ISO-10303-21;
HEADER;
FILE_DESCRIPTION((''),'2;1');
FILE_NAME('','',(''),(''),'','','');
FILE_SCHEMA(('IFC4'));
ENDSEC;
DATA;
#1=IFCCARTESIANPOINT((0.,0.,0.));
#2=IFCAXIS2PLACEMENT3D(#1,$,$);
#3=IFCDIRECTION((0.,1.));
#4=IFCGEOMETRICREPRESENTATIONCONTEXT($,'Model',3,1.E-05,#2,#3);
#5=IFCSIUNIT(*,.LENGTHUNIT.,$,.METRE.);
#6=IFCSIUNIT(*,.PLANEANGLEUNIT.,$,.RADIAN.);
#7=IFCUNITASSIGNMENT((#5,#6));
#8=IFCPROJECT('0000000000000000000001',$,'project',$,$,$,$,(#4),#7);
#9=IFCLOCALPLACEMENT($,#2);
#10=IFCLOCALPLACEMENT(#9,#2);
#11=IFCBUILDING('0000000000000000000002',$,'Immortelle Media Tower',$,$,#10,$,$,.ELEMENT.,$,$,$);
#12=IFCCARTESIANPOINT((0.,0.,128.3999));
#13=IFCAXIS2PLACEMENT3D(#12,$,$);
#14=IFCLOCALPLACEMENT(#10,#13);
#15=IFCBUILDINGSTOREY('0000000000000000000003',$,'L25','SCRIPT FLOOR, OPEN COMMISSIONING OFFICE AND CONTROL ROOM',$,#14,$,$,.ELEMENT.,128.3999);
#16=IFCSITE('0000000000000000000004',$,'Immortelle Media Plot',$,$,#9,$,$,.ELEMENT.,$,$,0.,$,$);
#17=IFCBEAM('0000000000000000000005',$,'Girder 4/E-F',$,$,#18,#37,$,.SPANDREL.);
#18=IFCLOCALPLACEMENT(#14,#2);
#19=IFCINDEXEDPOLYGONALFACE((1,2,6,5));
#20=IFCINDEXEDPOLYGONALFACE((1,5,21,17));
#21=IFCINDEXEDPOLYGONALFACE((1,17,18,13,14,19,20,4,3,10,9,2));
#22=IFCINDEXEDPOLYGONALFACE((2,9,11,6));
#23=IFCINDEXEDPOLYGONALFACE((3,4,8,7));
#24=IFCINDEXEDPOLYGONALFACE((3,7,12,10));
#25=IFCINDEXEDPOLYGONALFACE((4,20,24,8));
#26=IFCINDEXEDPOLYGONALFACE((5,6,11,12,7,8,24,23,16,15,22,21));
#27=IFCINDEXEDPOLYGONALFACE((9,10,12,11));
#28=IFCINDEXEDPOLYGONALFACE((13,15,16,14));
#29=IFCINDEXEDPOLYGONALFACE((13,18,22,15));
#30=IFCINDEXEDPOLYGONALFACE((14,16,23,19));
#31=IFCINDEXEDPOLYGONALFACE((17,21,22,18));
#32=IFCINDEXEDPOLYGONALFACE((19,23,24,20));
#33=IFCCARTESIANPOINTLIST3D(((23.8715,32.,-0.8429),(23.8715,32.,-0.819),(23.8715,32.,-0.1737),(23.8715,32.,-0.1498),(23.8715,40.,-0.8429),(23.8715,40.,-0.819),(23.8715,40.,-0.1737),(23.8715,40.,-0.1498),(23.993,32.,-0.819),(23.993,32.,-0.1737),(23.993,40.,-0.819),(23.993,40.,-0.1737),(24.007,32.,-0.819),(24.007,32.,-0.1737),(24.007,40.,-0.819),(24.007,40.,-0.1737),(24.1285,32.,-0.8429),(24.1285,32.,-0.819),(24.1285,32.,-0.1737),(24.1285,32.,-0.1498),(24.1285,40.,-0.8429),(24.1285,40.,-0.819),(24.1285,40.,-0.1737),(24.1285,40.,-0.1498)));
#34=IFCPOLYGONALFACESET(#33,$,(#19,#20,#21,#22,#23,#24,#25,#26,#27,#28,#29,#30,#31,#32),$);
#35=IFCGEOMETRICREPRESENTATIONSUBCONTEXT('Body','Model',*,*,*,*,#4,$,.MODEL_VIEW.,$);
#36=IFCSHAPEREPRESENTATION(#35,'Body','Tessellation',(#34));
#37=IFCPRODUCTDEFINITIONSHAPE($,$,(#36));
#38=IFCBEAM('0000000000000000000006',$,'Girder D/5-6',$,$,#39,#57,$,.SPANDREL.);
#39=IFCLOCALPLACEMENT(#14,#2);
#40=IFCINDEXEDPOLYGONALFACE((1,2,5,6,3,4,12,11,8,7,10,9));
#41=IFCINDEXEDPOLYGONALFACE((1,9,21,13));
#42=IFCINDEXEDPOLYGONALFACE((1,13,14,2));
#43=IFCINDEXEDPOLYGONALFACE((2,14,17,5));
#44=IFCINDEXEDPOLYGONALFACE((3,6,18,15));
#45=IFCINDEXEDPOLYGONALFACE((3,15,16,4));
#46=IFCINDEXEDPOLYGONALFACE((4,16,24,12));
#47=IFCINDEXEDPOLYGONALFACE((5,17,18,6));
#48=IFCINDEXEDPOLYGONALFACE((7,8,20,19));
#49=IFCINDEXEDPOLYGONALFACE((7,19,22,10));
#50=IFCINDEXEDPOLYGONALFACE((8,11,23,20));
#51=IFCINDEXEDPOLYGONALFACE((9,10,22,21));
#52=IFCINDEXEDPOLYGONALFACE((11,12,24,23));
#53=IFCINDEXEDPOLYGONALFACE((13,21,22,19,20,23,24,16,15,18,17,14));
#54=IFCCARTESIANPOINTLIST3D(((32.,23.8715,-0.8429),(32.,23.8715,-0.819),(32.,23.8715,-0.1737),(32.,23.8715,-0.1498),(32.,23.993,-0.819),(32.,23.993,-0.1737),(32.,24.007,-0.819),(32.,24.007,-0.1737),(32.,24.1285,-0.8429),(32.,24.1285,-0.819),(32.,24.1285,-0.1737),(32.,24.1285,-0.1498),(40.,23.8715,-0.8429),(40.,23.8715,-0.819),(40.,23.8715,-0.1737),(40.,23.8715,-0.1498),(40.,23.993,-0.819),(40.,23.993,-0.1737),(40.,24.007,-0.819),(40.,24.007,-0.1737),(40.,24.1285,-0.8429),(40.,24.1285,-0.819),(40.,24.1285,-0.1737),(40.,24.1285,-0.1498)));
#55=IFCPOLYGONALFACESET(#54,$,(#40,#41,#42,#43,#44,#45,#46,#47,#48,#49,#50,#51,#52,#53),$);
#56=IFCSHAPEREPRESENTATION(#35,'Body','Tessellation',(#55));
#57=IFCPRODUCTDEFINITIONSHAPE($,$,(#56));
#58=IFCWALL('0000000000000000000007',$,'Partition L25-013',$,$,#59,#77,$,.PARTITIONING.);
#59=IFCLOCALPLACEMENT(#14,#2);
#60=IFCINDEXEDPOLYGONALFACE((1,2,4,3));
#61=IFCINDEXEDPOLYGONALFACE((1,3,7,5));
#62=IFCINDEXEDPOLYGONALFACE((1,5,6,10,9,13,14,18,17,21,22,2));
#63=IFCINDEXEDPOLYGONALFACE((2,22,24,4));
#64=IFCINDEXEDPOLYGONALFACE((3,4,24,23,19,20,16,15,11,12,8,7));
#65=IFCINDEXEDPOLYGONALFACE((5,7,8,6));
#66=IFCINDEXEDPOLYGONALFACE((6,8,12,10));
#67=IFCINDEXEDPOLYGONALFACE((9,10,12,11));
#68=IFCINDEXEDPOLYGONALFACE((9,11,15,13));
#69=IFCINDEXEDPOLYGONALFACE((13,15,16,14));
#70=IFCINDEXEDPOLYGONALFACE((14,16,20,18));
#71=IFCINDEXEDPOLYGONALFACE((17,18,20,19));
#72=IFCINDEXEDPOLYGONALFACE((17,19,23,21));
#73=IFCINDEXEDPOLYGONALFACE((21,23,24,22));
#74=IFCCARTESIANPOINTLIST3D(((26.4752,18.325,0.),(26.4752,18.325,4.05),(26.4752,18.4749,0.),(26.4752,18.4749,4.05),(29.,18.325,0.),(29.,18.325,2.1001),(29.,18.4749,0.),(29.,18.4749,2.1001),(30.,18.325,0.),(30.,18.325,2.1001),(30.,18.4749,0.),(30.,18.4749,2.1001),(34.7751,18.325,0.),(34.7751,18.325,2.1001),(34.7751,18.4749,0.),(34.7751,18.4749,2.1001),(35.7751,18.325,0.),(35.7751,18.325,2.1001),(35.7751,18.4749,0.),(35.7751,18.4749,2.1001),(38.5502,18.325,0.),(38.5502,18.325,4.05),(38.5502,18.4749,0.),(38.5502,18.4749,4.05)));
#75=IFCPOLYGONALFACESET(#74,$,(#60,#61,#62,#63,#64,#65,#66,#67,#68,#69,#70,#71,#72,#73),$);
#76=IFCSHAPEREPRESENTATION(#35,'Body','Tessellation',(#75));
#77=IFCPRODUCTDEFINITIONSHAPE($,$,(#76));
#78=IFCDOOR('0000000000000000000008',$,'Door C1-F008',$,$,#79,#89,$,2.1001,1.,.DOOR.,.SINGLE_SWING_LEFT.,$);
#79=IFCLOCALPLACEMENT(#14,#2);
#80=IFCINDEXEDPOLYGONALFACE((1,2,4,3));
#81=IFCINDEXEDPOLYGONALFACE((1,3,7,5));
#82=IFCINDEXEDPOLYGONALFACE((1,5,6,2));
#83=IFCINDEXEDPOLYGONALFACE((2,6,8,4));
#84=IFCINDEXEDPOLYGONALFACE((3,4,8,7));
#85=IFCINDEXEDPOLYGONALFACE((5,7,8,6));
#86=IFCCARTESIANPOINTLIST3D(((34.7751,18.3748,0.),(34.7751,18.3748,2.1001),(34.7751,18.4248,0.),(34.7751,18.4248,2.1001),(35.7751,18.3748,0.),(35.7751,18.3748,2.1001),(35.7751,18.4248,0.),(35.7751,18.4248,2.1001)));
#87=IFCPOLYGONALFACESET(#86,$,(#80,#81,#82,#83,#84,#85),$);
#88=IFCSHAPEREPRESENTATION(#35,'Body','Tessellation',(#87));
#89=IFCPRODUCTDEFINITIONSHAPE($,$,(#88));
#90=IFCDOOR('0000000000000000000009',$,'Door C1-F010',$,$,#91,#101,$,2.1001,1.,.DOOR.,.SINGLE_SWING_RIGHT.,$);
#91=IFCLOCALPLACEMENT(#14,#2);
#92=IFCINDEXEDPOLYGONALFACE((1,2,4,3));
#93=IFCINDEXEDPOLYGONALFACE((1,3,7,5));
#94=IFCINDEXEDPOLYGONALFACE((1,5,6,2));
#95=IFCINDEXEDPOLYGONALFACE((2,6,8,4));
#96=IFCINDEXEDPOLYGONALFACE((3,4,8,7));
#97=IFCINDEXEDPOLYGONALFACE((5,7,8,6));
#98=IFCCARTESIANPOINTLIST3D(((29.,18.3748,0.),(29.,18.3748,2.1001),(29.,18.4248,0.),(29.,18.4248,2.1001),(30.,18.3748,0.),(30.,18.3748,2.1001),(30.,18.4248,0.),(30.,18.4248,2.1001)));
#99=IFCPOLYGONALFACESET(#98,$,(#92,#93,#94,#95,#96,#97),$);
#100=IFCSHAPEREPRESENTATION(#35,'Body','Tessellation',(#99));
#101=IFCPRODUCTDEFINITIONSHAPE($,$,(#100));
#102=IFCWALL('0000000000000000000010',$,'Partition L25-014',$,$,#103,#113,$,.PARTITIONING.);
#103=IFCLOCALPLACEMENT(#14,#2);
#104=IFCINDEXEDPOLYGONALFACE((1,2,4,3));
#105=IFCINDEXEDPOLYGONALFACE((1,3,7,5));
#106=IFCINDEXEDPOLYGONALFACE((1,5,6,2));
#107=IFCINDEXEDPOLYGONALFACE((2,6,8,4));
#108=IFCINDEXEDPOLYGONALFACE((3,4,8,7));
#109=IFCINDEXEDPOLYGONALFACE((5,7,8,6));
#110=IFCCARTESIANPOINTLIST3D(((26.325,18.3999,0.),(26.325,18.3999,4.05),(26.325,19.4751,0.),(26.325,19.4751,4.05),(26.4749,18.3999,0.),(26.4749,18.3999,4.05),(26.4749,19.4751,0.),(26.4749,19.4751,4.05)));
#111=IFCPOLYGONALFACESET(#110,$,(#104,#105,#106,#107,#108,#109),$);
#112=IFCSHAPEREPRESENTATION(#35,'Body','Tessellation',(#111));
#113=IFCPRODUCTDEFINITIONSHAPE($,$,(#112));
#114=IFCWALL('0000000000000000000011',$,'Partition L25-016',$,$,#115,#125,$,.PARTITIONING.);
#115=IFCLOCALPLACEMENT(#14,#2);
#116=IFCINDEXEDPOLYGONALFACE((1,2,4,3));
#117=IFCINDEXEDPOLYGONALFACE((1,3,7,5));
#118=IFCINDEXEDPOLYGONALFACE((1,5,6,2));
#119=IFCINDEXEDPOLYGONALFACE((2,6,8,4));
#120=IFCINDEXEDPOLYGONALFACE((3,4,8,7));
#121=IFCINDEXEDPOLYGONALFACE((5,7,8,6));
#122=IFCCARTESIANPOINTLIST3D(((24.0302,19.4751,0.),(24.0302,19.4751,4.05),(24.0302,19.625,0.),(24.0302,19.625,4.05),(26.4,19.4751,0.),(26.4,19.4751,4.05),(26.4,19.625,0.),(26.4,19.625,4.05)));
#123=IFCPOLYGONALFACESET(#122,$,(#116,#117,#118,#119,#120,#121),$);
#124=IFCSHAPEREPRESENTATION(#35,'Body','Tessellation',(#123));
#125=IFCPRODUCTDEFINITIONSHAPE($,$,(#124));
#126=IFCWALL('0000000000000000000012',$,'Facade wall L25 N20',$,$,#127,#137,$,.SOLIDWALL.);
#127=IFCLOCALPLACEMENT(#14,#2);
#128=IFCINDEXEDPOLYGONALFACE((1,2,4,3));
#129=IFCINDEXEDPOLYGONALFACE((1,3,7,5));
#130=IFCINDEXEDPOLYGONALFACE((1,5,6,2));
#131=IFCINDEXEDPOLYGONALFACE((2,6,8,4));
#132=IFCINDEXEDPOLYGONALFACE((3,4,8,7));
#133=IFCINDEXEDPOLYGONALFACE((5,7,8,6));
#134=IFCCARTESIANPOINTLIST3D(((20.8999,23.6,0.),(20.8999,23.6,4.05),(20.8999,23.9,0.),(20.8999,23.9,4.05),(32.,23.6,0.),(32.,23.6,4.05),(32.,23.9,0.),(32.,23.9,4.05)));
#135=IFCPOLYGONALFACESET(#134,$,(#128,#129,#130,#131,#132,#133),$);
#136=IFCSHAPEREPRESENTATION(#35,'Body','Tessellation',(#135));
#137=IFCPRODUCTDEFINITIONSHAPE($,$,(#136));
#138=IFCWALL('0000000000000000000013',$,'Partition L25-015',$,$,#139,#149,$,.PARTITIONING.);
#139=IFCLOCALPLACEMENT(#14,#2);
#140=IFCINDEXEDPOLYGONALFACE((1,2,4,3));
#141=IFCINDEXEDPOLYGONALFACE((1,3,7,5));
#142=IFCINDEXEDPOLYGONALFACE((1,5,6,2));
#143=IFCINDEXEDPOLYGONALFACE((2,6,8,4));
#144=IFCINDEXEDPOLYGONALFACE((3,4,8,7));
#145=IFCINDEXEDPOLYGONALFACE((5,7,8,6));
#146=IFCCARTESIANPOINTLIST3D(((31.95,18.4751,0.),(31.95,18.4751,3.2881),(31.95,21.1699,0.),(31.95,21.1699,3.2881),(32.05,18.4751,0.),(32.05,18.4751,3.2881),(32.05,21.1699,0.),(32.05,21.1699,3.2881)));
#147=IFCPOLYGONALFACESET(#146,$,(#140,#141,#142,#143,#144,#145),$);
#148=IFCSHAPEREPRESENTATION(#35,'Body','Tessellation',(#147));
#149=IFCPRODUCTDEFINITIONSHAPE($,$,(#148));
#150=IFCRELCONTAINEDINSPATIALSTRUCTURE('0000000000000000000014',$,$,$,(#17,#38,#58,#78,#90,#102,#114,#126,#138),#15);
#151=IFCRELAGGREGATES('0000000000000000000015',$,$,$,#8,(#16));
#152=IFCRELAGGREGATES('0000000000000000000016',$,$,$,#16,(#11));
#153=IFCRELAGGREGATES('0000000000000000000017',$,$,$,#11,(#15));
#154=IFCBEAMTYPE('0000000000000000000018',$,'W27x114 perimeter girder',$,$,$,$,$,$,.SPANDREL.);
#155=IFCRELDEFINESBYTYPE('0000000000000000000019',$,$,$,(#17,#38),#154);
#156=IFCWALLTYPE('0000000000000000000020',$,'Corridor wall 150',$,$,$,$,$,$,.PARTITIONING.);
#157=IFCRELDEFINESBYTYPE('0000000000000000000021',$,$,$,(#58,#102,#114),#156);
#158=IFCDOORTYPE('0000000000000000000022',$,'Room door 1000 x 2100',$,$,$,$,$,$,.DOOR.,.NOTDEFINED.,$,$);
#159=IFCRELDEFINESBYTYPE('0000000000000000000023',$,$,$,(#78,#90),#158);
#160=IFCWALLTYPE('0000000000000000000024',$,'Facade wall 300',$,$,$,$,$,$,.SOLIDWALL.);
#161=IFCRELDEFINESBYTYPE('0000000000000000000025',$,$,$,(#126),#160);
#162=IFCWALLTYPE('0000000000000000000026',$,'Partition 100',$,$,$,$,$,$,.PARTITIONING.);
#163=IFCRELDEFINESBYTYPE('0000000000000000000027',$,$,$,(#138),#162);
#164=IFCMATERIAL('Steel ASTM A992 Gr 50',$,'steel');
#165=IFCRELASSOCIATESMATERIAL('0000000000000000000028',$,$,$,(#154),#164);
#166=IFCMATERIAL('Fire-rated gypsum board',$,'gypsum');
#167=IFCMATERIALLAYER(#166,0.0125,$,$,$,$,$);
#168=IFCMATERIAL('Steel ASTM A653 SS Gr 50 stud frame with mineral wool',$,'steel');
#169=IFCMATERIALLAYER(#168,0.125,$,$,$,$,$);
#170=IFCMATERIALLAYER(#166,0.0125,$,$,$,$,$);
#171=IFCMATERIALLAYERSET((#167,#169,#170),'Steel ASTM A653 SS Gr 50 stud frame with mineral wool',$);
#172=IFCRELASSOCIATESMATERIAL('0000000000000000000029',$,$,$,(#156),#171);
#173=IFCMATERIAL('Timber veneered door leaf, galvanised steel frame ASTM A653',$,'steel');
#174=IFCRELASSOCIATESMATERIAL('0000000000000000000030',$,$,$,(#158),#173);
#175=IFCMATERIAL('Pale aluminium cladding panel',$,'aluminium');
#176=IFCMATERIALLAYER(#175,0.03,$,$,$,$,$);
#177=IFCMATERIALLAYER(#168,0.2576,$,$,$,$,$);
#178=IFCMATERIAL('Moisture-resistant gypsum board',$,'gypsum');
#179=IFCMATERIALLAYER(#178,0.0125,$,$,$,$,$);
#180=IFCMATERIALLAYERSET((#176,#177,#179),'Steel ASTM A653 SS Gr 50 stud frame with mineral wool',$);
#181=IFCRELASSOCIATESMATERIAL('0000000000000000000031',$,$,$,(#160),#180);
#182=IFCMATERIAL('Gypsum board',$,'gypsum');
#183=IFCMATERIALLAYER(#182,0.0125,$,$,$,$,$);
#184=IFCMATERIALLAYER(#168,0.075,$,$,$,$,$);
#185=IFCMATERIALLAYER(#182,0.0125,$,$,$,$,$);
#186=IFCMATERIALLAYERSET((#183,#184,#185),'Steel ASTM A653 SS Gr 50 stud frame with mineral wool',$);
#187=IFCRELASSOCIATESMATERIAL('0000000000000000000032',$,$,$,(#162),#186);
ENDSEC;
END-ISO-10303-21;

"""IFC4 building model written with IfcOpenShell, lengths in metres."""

from ifc_helpers import new_model, si_unit, direction, frame, frame_2d, origin, origin_2d, place, context, subcontext, project, spatial, rectangle, i_section, extrude, material, layer, layer_set, material_profile, profile_set, type_object, element, fill, save


model = new_model("IFC4")

# Units and contexts
model_context = context("Model", 3, precision=1e-05, world=origin(), true_north=direction((0.0, 1.0)))
body_context = subcontext(model_context, "Body", "Model", "MODEL_VIEW")
ifc_project = project(units=[si_unit("LENGTHUNIT", "METRE"), si_unit("PLANEANGLEUNIT", "RADIAN")], contexts=[model_context])

# Site, building, storey
site_placement = place(None, origin())
site = spatial("IfcSite", under=ifc_project, at=site_placement, Name="Immortelle Media Plot", CompositionType="ELEMENT", RefElevation=0.0)
building_placement = place(site_placement, origin())
building = spatial("IfcBuilding", under=site, at=building_placement, Name="Immortelle Media Tower", CompositionType="ELEMENT")
storey_placement = place(building_placement, frame((0.0, 0.0, 128.3999)))
storey = spatial("IfcBuildingStorey", under=building, at=storey_placement, Name="L25", Description="SCRIPT FLOOR, OPEN COMMISSIONING OFFICE AND CONTROL ROOM", CompositionType="ELEMENT", Elevation=128.3999)

# Shared definitions
ifc_material_1 = material(Name="Steel ASTM A992 Gr 50", Category="steel")

# Beams
ifc_material_profile_1 = material_profile(ifc_material_1, i_section(OverallWidth=0.2571, OverallDepth=0.6931, WebThickness=0.0139, FlangeThickness=0.0239, at=origin_2d()), Name="W27x114")
ifc_profile_set_1 = profile_set([ifc_material_profile_1], Name="Steel ASTM A992 Gr 50")
beam_type_1 = type_object("IfcBeamType", Name="W27x114 perimeter girder", PredefinedType="SPANDREL", material=ifc_profile_set_1)
for number, where, z_axis, x_axis, name in (
    (1, (24.0, 32.0, -0.4963), (0.0, 1.0, 0.0), (-1.0, 0.0, 0.0), "Girder 4/E-F"),
    (2, (32.0, 24.0, -0.4963), (1.0, 0.0, 0.0), (0.0, 1.0, 0.0), "Girder D/5-6"),
):
    element("IfcBeam", number, at=place(storey_placement, frame(where, z_axis=z_axis, x_axis=x_axis)), inside=storey, type_object=beam_type_1, Name=name, PredefinedType="SPANDREL", context=body_context, shape_type="SweptSolid", body=[
        extrude(i_section(OverallWidth=0.2571, OverallDepth=0.6931, WebThickness=0.0139, FlangeThickness=0.0239, at=origin_2d()), origin(), (0.0, 0.0, 1.0), 8.0),
    ])

# Wall, openings, doors
ifc_material_2 = material(Name="Fire-rated gypsum board", Category="gypsum")
ifc_layer_1 = layer(ifc_material_2, 0.0125)
ifc_material_3 = material(Name="Steel ASTM A653 SS Gr 50 stud frame with mineral wool", Category="steel")
ifc_layer_2 = layer(ifc_material_3, 0.125)
ifc_layer_3 = layer(ifc_material_2, 0.0125)
ifc_layer_set_1 = layer_set([ifc_layer_1, ifc_layer_2, ifc_layer_3], Name="Steel ASTM A653 SS Gr 50 stud frame with mineral wool")
wall_type_1 = type_object("IfcWallType", Name="Corridor wall 150", PredefinedType="PARTITIONING", material=ifc_layer_set_1)
wall_1_placement = place(storey_placement, frame((26.4751, 18.3999, 0.0), z_axis=(0.0, 0.0, 1.0), x_axis=(1.0, 0.0, 0.0)))
wall_1 = element("IfcWall", 3, at=wall_1_placement, inside=storey, type_object=wall_type_1, Name="Partition L25-013", PredefinedType="PARTITIONING", context=body_context, shape_type="SweptSolid", body=[
    extrude(rectangle(XDim=12.075, YDim=0.1499, at=frame_2d((6.0376, 0.0))), origin(), (0.0, 0.0, 1.0), 4.05),
])
opening_1_placement = place(wall_1_placement, frame((8.3, 0.0, 0.0)))
opening_1 = element("IfcOpeningElement", 4, at=opening_1_placement, cuts=wall_1, PredefinedType="OPENING", context=body_context, shape_type="SweptSolid", body=[
    extrude(rectangle(XDim=1.0, YDim=2.1001, at=frame_2d((0.5, 1.05))), frame((0.0, 0.085, 0.0), z_axis=(0.0, -1.0, 0.0), x_axis=(1.0, 0.0, 0.0)), (0.0, 0.0, 1.0), 0.1699),
])
opening_2_placement = place(wall_1_placement, frame((2.5249, 0.0, 0.0)))
opening_2 = element("IfcOpeningElement", 5, at=opening_2_placement, cuts=wall_1, PredefinedType="OPENING", context=body_context, shape_type="SweptSolid", body=[
    extrude(rectangle(XDim=1.0, YDim=2.1001, at=frame_2d((0.5, 1.05))), frame((0.0, 0.085, 0.0), z_axis=(0.0, -1.0, 0.0), x_axis=(1.0, 0.0, 0.0)), (0.0, 0.0, 1.0), 0.1699),
])
ifc_material_4 = material(Name="Timber veneered door leaf, galvanised steel frame ASTM A653", Category="steel")
door_type = type_object("IfcDoorType", Name="Room door 1000 x 2100", OperationType="NOTDEFINED", PredefinedType="DOOR", material=ifc_material_4)
door_1_placement = place(opening_1_placement, origin())
door_1 = element("IfcDoor", 6, at=door_1_placement, inside=storey, type_object=door_type, Name="Door C1-F008", OperationType="SINGLE_SWING_LEFT", OverallHeight=2.1001, OverallWidth=1.0, PredefinedType="DOOR", context=body_context, shape_type="SweptSolid", body=[
    extrude(rectangle(XDim=1.0, YDim=2.1001, at=frame_2d((0.5, 1.05))), frame((0.0, 0.0249, 0.0), z_axis=(0.0, -1.0, 0.0), x_axis=(1.0, 0.0, 0.0)), (0.0, 0.0, 1.0), 0.05),
])
fill(opening_1, door_1)
door_2_placement = place(opening_2_placement, origin())
door_2 = element("IfcDoor", 7, at=door_2_placement, inside=storey, type_object=door_type, Name="Door C1-F010", OperationType="SINGLE_SWING_RIGHT", OverallHeight=2.1001, OverallWidth=1.0, PredefinedType="DOOR", context=body_context, shape_type="SweptSolid", body=[
    extrude(rectangle(XDim=1.0, YDim=2.1001, at=frame_2d((0.5, 1.05))), frame((0.0, 0.0249, 0.0), z_axis=(0.0, -1.0, 0.0), x_axis=(1.0, 0.0, 0.0)), (0.0, 0.0, 1.0), 0.05),
])
fill(opening_2, door_2)

# Walls
wall_2_placement = place(storey_placement, frame((26.3999, 18.3999, 0.0), z_axis=(0.0, 0.0, 1.0), x_axis=(0.0, 1.0, 0.0)))
element("IfcWall", 8, at=wall_2_placement, inside=storey, type_object=wall_type_1, Name="Partition L25-014", PredefinedType="PARTITIONING", context=body_context, shape_type="SweptSolid", body=[
    extrude(rectangle(XDim=1.0752, YDim=0.1499, at=frame_2d((0.5376, 0.0))), origin(), (0.0, 0.0, 1.0), 4.05),
])
wall_3_placement = place(storey_placement, frame((24.03, 19.55, 0.0), z_axis=(0.0, 0.0, 1.0), x_axis=(1.0, 0.0, 0.0)))
element("IfcWall", 9, at=wall_3_placement, inside=storey, type_object=wall_type_1, Name="Partition L25-016", PredefinedType="PARTITIONING", context=body_context, shape_type="SweptSolid", body=[
    extrude(rectangle(XDim=2.3699, YDim=0.1499, at=frame_2d((1.1851, 0.0))), origin(), (0.0, 0.0, 1.0), 4.05),
])
ifc_material_5 = material(Name="Pale aluminium cladding panel", Category="aluminium")
ifc_layer_4 = layer(ifc_material_5, 0.03)
ifc_layer_5 = layer(ifc_material_3, 0.2576)
ifc_material_6 = material(Name="Moisture-resistant gypsum board", Category="gypsum")
ifc_layer_6 = layer(ifc_material_6, 0.0125)
ifc_layer_set_2 = layer_set([ifc_layer_4, ifc_layer_5, ifc_layer_6], Name="Steel ASTM A653 SS Gr 50 stud frame with mineral wool")
wall_type_2 = type_object("IfcWallType", Name="Facade wall 300", PredefinedType="SOLIDWALL", material=ifc_layer_set_2)
wall_4_placement = place(storey_placement, frame((32.0, 23.75, 0.0), z_axis=(0.0, 0.0, 1.0), x_axis=(-1.0, 0.0, 0.0)))
element("IfcWall", 10, at=wall_4_placement, inside=storey, type_object=wall_type_2, Name="Facade wall L25 N20", PredefinedType="SOLIDWALL", context=body_context, shape_type="SweptSolid", body=[
    extrude(rectangle(XDim=11.1001, YDim=0.3, at=frame_2d((5.55, 0.0))), origin(), (0.0, 0.0, 1.0), 4.05),
])
ifc_material_7 = material(Name="Gypsum board", Category="gypsum")
ifc_layer_7 = layer(ifc_material_7, 0.0125)
ifc_layer_8 = layer(ifc_material_3, 0.075)
ifc_layer_9 = layer(ifc_material_7, 0.0125)
ifc_layer_set_3 = layer_set([ifc_layer_7, ifc_layer_8, ifc_layer_9], Name="Steel ASTM A653 SS Gr 50 stud frame with mineral wool")
wall_type_3 = type_object("IfcWallType", Name="Partition 100", PredefinedType="PARTITIONING", material=ifc_layer_set_3)
wall_5_placement = place(storey_placement, frame((32.0, 18.4751, 0.0), z_axis=(0.0, 0.0, 1.0), x_axis=(0.0, 1.0, 0.0)))
element("IfcWall", 11, at=wall_5_placement, inside=storey, type_object=wall_type_3, Name="Partition L25-015", PredefinedType="PARTITIONING", context=body_context, shape_type="SweptSolid", body=[
    extrude(rectangle(XDim=2.6948, YDim=0.1001, at=frame_2d((1.3474, 0.0))), origin(), (0.0, 0.0, 1.0), 3.2881),
])

save(model, "model.ifc")
